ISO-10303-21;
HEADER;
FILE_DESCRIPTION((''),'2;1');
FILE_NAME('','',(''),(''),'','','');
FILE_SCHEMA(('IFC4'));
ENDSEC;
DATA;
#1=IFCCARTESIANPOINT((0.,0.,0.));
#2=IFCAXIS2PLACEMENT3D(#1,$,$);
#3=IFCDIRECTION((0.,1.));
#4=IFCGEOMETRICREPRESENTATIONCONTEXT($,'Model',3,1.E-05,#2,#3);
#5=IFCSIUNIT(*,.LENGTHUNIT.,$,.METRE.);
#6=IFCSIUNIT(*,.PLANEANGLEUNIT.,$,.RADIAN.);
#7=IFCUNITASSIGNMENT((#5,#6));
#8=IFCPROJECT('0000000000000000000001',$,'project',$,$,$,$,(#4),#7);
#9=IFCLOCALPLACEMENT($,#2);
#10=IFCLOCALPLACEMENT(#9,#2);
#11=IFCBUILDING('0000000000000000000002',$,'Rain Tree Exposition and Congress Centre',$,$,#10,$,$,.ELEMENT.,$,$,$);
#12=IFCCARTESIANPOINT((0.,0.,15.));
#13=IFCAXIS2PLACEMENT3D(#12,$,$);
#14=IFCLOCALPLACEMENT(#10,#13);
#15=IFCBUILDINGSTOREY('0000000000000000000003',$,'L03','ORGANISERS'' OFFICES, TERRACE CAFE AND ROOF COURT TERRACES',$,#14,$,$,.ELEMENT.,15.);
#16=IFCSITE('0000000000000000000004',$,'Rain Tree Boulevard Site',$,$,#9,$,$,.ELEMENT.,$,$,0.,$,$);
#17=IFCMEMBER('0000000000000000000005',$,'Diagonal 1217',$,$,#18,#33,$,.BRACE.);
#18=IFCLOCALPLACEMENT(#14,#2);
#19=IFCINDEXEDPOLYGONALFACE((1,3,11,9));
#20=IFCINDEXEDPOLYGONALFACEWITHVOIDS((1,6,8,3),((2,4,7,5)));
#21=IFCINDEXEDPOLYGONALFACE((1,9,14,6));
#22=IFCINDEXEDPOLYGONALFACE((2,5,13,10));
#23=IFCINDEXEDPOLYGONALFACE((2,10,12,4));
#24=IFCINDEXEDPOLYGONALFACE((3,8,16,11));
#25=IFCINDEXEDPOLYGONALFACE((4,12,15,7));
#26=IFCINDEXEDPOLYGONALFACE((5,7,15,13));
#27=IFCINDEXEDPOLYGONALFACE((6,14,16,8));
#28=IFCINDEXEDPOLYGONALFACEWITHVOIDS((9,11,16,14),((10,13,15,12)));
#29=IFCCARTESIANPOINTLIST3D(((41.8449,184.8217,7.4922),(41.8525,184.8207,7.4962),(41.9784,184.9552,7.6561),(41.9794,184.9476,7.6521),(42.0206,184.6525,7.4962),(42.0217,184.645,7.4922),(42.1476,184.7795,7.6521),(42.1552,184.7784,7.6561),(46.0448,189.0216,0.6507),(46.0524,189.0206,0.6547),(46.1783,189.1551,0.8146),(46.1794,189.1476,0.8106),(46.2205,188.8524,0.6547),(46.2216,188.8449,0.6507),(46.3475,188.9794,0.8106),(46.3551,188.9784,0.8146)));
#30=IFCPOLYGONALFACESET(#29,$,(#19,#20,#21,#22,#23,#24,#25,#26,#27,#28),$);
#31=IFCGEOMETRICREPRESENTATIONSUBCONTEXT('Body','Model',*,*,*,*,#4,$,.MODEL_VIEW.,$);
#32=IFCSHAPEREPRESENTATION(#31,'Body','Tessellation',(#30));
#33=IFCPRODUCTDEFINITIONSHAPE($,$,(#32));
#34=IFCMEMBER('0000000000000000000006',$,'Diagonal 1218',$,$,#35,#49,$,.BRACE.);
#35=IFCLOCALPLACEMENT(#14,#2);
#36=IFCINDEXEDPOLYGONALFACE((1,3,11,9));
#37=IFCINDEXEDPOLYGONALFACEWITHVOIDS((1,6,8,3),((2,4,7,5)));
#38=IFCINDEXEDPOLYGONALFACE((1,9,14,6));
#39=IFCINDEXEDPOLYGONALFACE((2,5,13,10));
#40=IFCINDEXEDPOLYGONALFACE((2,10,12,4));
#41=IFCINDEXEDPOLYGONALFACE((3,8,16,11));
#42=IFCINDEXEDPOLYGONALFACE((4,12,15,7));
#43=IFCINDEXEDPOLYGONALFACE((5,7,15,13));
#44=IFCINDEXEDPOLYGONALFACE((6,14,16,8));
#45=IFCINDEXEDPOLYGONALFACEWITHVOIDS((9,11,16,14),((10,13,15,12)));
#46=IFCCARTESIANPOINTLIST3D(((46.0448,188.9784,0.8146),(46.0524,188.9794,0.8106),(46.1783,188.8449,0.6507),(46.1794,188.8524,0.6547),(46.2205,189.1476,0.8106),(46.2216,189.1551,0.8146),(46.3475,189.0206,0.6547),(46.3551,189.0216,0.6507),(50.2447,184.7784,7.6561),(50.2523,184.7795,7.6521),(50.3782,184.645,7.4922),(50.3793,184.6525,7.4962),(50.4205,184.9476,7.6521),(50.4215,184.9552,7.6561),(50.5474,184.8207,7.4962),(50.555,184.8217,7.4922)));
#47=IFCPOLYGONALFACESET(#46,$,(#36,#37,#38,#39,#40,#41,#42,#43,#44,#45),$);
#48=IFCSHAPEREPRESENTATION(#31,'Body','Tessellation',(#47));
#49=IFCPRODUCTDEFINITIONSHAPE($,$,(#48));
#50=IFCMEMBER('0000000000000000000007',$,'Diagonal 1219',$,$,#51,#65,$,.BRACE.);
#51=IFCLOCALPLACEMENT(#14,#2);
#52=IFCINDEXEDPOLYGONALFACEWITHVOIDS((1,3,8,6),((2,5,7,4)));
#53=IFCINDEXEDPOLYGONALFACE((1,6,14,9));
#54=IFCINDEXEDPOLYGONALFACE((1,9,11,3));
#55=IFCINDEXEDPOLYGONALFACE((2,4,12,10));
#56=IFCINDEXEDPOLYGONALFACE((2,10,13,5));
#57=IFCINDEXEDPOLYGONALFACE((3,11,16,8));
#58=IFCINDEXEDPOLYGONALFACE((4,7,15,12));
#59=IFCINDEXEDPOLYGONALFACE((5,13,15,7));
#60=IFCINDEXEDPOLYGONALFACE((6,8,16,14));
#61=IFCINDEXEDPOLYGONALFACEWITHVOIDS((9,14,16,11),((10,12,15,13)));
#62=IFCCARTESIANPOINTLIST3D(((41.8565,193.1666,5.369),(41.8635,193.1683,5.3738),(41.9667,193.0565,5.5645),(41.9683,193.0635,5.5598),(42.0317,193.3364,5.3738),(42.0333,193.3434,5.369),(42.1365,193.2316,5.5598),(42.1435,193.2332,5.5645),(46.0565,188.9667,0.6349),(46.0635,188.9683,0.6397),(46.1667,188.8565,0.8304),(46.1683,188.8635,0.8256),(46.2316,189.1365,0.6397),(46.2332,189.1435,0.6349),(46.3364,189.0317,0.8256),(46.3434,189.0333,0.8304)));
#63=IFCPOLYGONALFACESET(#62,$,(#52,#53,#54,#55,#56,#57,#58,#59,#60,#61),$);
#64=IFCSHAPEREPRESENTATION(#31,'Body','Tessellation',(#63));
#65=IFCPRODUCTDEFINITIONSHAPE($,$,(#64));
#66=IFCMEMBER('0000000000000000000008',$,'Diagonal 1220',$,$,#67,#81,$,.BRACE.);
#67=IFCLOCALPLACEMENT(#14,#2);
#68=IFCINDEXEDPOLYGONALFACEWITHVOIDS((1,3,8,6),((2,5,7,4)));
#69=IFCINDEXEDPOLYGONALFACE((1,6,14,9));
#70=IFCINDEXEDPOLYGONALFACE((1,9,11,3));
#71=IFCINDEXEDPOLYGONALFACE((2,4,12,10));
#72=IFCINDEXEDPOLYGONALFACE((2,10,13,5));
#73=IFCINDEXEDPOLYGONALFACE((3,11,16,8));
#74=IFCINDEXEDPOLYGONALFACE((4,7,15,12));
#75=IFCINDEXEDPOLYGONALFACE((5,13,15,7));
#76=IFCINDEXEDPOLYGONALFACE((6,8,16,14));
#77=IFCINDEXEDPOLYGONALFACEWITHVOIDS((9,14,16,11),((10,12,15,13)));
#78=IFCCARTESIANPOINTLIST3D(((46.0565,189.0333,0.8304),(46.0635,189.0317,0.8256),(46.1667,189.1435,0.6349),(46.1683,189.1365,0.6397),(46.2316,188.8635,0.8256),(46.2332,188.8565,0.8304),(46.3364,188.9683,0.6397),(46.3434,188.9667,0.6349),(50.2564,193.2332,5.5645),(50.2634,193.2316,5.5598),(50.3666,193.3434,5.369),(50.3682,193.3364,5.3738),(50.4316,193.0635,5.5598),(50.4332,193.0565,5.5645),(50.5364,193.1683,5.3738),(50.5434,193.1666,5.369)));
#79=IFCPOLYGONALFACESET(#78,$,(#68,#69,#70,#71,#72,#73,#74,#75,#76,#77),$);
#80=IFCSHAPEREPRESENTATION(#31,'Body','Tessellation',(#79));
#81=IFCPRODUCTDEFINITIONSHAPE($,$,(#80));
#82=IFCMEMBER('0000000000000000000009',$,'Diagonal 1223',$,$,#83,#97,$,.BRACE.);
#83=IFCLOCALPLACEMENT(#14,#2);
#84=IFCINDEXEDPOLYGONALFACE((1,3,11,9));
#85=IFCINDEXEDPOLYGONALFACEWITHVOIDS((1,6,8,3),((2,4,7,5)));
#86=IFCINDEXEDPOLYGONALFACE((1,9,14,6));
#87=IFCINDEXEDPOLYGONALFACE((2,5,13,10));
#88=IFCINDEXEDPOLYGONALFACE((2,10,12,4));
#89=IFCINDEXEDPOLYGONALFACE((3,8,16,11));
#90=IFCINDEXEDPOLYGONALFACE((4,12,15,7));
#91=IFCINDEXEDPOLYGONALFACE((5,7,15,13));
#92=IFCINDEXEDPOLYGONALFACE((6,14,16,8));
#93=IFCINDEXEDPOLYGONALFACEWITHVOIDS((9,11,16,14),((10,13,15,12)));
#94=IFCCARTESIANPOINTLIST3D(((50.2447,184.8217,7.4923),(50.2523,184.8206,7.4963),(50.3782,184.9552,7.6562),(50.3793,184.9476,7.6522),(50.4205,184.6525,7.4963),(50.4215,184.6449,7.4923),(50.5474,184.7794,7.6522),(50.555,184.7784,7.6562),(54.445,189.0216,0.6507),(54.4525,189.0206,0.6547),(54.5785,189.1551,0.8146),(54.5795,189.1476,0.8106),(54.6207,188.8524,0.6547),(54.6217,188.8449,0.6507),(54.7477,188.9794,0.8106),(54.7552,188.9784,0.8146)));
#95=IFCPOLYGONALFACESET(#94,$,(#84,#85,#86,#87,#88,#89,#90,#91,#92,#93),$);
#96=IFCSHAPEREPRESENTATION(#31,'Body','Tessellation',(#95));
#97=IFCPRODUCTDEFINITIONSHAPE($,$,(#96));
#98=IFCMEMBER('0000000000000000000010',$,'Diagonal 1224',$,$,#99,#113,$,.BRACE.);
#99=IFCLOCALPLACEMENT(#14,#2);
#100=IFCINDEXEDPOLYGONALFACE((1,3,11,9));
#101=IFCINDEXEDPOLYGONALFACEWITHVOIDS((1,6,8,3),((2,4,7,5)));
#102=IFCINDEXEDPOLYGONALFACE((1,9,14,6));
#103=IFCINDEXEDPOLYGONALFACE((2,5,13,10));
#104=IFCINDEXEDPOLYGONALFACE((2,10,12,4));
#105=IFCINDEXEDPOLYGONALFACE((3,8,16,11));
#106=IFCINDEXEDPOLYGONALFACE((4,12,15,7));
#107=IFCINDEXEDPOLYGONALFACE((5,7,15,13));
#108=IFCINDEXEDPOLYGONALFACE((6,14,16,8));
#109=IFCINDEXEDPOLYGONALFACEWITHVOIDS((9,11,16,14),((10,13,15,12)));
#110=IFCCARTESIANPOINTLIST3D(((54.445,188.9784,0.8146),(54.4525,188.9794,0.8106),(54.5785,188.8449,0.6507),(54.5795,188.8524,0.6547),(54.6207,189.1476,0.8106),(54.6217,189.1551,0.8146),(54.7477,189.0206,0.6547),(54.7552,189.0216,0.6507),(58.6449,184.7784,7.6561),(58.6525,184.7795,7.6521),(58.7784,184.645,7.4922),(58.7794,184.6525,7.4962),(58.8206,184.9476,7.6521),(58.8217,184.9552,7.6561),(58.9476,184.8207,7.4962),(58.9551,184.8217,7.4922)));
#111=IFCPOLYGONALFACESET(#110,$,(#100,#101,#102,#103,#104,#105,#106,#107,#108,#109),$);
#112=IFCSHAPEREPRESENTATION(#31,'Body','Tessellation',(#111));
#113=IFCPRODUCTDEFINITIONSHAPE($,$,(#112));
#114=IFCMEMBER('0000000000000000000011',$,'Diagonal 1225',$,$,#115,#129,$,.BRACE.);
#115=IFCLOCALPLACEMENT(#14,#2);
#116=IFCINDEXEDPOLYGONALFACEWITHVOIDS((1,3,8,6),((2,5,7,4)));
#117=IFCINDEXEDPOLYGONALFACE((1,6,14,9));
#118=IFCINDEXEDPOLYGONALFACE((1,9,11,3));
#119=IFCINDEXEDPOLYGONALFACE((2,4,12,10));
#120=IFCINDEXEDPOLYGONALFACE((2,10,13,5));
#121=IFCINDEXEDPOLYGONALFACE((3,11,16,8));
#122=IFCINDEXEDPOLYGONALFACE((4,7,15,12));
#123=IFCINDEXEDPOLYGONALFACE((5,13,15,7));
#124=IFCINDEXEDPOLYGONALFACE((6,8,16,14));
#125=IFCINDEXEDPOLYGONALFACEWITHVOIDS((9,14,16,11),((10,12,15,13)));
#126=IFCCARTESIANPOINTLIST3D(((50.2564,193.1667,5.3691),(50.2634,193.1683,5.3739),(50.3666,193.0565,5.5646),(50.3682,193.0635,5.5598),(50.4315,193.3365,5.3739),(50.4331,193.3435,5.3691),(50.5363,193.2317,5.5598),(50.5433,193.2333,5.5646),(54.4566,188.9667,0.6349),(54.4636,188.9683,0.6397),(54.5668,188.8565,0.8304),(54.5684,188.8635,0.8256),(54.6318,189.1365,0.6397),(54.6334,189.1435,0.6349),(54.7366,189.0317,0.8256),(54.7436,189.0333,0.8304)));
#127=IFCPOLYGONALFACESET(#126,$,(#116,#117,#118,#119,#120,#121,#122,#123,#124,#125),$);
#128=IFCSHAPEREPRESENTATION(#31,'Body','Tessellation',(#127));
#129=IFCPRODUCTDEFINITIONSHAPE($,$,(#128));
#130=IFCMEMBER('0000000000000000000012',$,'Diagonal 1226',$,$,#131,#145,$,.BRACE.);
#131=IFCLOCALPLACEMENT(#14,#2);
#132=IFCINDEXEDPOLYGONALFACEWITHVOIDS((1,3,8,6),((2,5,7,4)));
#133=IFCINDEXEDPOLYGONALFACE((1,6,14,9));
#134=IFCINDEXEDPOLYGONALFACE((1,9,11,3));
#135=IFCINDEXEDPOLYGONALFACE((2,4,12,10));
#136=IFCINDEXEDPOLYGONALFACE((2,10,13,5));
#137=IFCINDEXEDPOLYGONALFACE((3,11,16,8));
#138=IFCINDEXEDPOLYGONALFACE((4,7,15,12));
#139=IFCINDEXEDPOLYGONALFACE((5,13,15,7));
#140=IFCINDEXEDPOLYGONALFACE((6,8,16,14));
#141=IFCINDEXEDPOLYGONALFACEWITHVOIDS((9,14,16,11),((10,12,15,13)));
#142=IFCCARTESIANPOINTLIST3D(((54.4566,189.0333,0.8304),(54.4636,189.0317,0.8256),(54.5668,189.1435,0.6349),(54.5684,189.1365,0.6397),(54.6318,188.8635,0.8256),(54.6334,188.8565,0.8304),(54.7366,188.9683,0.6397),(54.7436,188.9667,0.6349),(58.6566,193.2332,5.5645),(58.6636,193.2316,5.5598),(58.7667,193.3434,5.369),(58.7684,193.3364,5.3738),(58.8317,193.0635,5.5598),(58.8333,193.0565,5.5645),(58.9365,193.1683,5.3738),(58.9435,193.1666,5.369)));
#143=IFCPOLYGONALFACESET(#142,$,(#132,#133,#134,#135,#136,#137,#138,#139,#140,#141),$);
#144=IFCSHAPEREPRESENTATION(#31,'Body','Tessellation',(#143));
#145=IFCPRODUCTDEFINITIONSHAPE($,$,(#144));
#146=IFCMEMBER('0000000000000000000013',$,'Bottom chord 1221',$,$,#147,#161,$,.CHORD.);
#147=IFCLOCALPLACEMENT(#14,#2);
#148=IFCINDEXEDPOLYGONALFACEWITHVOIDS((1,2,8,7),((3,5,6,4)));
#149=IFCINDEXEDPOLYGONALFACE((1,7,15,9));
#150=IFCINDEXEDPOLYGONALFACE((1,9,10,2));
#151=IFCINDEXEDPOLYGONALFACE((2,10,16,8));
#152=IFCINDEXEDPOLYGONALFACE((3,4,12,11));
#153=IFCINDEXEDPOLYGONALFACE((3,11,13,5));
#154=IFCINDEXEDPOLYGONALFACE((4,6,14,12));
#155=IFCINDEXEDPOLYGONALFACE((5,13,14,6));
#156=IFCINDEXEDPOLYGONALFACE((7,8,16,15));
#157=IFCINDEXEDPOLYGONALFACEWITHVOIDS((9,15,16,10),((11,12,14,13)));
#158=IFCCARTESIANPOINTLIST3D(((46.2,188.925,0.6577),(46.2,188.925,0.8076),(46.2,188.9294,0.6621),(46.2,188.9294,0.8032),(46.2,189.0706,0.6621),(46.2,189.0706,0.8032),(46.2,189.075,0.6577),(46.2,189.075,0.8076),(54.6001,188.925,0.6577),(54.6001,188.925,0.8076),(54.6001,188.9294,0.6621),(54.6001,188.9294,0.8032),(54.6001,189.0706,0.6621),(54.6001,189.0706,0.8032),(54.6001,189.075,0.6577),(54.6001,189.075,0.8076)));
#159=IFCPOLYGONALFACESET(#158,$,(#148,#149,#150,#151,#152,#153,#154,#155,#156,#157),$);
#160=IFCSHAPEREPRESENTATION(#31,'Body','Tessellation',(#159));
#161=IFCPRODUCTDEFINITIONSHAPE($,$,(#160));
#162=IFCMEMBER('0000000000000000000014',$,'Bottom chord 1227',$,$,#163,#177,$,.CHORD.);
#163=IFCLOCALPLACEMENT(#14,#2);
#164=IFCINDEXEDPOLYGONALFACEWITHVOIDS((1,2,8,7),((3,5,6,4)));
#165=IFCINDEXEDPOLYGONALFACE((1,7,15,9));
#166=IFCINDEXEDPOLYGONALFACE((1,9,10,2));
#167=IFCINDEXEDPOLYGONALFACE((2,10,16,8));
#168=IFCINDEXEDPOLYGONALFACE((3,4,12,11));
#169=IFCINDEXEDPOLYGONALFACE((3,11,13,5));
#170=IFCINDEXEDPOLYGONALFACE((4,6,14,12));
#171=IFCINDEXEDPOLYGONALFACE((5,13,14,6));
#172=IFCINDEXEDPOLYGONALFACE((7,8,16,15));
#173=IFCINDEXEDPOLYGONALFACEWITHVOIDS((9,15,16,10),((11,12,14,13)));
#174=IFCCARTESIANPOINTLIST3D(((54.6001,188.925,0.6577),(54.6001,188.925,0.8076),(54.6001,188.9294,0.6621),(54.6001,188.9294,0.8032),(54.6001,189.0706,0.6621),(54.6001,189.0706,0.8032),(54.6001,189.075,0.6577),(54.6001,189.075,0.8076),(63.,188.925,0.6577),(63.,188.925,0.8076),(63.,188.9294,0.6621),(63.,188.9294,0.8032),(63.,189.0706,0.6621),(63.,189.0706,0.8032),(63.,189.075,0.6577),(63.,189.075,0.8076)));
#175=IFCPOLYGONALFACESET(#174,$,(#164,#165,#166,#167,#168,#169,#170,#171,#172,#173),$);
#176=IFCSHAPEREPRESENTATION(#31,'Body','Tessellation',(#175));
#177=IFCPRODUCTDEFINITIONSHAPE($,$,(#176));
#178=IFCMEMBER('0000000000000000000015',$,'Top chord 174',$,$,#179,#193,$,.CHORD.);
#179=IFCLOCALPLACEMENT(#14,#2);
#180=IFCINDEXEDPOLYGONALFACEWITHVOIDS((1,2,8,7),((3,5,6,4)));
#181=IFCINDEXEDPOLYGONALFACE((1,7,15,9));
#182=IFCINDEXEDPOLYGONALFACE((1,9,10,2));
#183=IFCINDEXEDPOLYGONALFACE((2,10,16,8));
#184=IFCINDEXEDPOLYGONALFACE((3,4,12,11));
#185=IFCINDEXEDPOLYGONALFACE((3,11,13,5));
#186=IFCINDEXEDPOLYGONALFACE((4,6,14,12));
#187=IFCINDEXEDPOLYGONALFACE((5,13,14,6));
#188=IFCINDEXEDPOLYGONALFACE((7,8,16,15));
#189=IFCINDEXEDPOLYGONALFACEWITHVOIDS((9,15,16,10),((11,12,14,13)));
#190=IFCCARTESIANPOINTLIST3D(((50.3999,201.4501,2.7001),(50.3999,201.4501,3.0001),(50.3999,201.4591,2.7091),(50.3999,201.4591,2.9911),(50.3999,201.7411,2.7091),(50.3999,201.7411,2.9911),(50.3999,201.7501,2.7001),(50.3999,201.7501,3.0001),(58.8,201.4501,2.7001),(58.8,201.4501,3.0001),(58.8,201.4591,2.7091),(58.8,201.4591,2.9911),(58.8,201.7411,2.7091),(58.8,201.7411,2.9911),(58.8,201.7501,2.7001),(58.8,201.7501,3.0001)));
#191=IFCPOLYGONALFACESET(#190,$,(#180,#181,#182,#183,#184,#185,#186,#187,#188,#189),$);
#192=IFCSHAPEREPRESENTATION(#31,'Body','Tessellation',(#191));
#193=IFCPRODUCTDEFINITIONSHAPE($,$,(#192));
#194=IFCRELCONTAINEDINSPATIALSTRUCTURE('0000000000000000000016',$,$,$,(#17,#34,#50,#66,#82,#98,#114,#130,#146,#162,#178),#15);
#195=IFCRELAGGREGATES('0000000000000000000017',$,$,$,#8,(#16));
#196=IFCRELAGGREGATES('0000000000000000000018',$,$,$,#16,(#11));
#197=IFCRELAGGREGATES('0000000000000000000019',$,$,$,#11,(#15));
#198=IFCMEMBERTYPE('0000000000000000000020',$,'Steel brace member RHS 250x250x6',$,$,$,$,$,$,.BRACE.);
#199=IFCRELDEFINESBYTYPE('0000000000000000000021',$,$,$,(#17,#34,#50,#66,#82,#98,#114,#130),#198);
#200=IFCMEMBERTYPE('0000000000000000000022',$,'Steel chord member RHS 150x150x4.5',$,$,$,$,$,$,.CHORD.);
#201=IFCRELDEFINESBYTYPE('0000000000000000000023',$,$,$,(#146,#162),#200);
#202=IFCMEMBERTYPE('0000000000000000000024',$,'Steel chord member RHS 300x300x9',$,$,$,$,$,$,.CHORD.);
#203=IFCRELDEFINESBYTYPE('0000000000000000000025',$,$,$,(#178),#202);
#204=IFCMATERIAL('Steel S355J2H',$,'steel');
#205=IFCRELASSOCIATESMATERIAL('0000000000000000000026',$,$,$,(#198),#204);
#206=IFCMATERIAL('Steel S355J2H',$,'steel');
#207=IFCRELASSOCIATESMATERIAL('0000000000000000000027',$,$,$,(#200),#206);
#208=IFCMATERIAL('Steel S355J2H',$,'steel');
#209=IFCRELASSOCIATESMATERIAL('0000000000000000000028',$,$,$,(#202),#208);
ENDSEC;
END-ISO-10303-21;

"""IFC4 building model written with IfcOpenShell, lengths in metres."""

from ifc_helpers import new_model, si_unit, direction, frame, origin, origin_2d, place, context, subcontext, project, spatial, hollow_rectangle, extrude, material, material_profile, profile_set, type_object, element, save


model = new_model("IFC4")

# Units and contexts
model_context = context("Model", 3, precision=1e-05, world=origin(), true_north=direction((0.0, 1.0)))
body_context = subcontext(model_context, "Body", "Model", "MODEL_VIEW")
ifc_project = project(units=[si_unit("LENGTHUNIT", "METRE"), si_unit("PLANEANGLEUNIT", "RADIAN")], contexts=[model_context])

# Site, building, storey
site_placement = place(None, origin())
site = spatial("IfcSite", under=ifc_project, at=site_placement, Name="Rain Tree Boulevard Site", CompositionType="ELEMENT", RefElevation=0.0)
building_placement = place(site_placement, origin())
building = spatial("IfcBuilding", under=site, at=building_placement, Name="Rain Tree Exposition and Congress Centre", CompositionType="ELEMENT")
storey_placement = place(building_placement, frame((0.0, 0.0, 15.0)))
storey = spatial("IfcBuildingStorey", under=building, at=storey_placement, Name="L03", Description="ORGANISERS' OFFICES, TERRACE CAFE AND ROOF COURT TERRACES", CompositionType="ELEMENT", Elevation=15.0)

# Members
ifc_material_1 = material(Name="Steel S355J2H", Category="steel")
ifc_material_profile_1 = material_profile(ifc_material_1, hollow_rectangle(XDim=0.25, YDim=0.25, WallThickness=0.0061, at=origin_2d()), Name="RHS 250x250x6")
ifc_profile_set_1 = profile_set([ifc_material_profile_1], Name="Steel S355J2H")
member_type_1 = type_object("IfcMemberType", Name="Steel brace member RHS 250x250x6", PredefinedType="BRACE", material=ifc_profile_set_1)
for number, where, z_axis, x_axis, name in (
    (1, (46.2, 189.0, 0.7327), (-0.463564, -0.463564, 0.755127), (0.707107, -0.707107, 0.0), "Diagonal 1217"),
    (2, (46.2, 189.0, 0.7327), (0.463564, -0.463564, 0.755127), (0.707107, 0.707107, 0.0), "Diagonal 1218"),
):
    element("IfcMember", number, at=place(storey_placement, frame(where, z_axis=z_axis, x_axis=x_axis)), inside=storey, type_object=member_type_1, Name=name, PredefinedType="BRACE", context=body_context, shape_type="SweptSolid", body=[
        extrude(hollow_rectangle(XDim=0.25, YDim=0.25, WallThickness=0.0061, at=origin_2d()), origin(), (0.0, 0.0, 1.0), 9.0601),
    ])
for number, where, z_axis, x_axis, name in (
    (3, (46.2, 189.0, 0.7327), (-0.552955, 0.552955, 0.623283), (-0.707107, -0.707107, 0.0), "Diagonal 1219"),
    (4, (46.2, 189.0, 0.7327), (0.552955, 0.552955, 0.623283), (-0.707107, 0.707107, 0.0), "Diagonal 1220"),
):
    element("IfcMember", number, at=place(storey_placement, frame(where, z_axis=z_axis, x_axis=x_axis)), inside=storey, type_object=member_type_1, Name=name, PredefinedType="BRACE", context=body_context, shape_type="SweptSolid", body=[
        extrude(hollow_rectangle(XDim=0.25, YDim=0.25, WallThickness=0.0061, at=origin_2d()), origin(), (0.0, 0.0, 1.0), 7.5955),
    ])
member_1_placement = place(storey_placement, frame((54.6001, 189.0, 0.7327), z_axis=(-0.463585, -0.463558, 0.755118), x_axis=(0.707086, -0.707127, 0.0)))
element("IfcMember", 5, at=member_1_placement, inside=storey, type_object=member_type_1, Name="Diagonal 1223", PredefinedType="BRACE", context=body_context, shape_type="SweptSolid", body=[
    extrude(hollow_rectangle(XDim=0.25, YDim=0.25, WallThickness=0.0061, at=origin_2d()), origin(), (0.0, 0.0, 1.0), 9.0603),
])
member_2_placement = place(storey_placement, frame((54.6001, 189.0, 0.7327), z_axis=(0.463564, -0.463564, 0.755127), x_axis=(0.707107, 0.707107, 0.0)))
element("IfcMember", 6, at=member_2_placement, inside=storey, type_object=member_type_1, Name="Diagonal 1224", PredefinedType="BRACE", context=body_context, shape_type="SweptSolid", body=[
    extrude(hollow_rectangle(XDim=0.25, YDim=0.25, WallThickness=0.0061, at=origin_2d()), origin(), (0.0, 0.0, 1.0), 9.0601),
])
member_3_placement = place(storey_placement, frame((54.6001, 189.0, 0.7327), z_axis=(-0.552977, 0.552945, 0.623272), x_axis=(-0.707086, -0.707127, 0.0)))
element("IfcMember", 7, at=member_3_placement, inside=storey, type_object=member_type_1, Name="Diagonal 1225", PredefinedType="BRACE", context=body_context, shape_type="SweptSolid", body=[
    extrude(hollow_rectangle(XDim=0.25, YDim=0.25, WallThickness=0.0061, at=origin_2d()), origin(), (0.0, 0.0, 1.0), 7.5957),
])
member_4_placement = place(storey_placement, frame((54.6001, 189.0, 0.7327), z_axis=(0.552955, 0.552955, 0.623283), x_axis=(-0.707107, 0.707107, 0.0)))
element("IfcMember", 8, at=member_4_placement, inside=storey, type_object=member_type_1, Name="Diagonal 1226", PredefinedType="BRACE", context=body_context, shape_type="SweptSolid", body=[
    extrude(hollow_rectangle(XDim=0.25, YDim=0.25, WallThickness=0.0061, at=origin_2d()), origin(), (0.0, 0.0, 1.0), 7.5955),
])
ifc_material_2 = material(Name="Steel S355J2H", Category="steel")
ifc_material_profile_2 = material_profile(ifc_material_2, hollow_rectangle(XDim=0.1499, YDim=0.1499, WallThickness=0.0044, at=origin_2d()), Name="RHS 150x150x4.5")
ifc_profile_set_2 = profile_set([ifc_material_profile_2], Name="Steel S355J2H")
member_type_2 = type_object("IfcMemberType", Name="Steel chord member RHS 150x150x4.5", PredefinedType="CHORD", material=ifc_profile_set_2)
member_5_placement = place(storey_placement, frame((46.2, 189.0, 0.7327), z_axis=(1.0, 0.0, 0.0), x_axis=(0.0, 1.0, 0.0)))
element("IfcMember", 9, at=member_5_placement, inside=storey, type_object=member_type_2, Name="Bottom chord 1221", PredefinedType="CHORD", context=body_context, shape_type="SweptSolid", body=[
    extrude(hollow_rectangle(XDim=0.1499, YDim=0.1499, WallThickness=0.0044, at=origin_2d()), origin(), (0.0, 0.0, 1.0), 8.4001),
])
member_6_placement = place(storey_placement, frame((54.6001, 189.0, 0.7327), z_axis=(1.0, 0.0, 0.0), x_axis=(0.0, 1.0, 0.0)))
element("IfcMember", 10, at=member_6_placement, inside=storey, type_object=member_type_2, Name="Bottom chord 1227", PredefinedType="CHORD", context=body_context, shape_type="SweptSolid", body=[
    extrude(hollow_rectangle(XDim=0.1499, YDim=0.1499, WallThickness=0.0044, at=origin_2d()), origin(), (0.0, 0.0, 1.0), 8.3999),
])
ifc_material_3 = material(Name="Steel S355J2H", Category="steel")
ifc_material_profile_3 = material_profile(ifc_material_3, hollow_rectangle(XDim=0.3, YDim=0.3, WallThickness=0.009, at=origin_2d()), Name="RHS 300x300x9")
ifc_profile_set_3 = profile_set([ifc_material_profile_3], Name="Steel S355J2H")
member_type_3 = type_object("IfcMemberType", Name="Steel chord member RHS 300x300x9", PredefinedType="CHORD", material=ifc_profile_set_3)
member_7_placement = place(storey_placement, frame((50.3999, 201.6001, 2.8501), z_axis=(1.0, 0.0, 0.0), x_axis=(0.0, 1.0, 0.0)))
element("IfcMember", 11, at=member_7_placement, inside=storey, type_object=member_type_3, Name="Top chord 174", PredefinedType="CHORD", context=body_context, shape_type="SweptSolid", body=[
    extrude(hollow_rectangle(XDim=0.3, YDim=0.3, WallThickness=0.009, at=origin_2d()), origin(), (0.0, 0.0, 1.0), 8.4001),
])

save(model, "model.ifc")
